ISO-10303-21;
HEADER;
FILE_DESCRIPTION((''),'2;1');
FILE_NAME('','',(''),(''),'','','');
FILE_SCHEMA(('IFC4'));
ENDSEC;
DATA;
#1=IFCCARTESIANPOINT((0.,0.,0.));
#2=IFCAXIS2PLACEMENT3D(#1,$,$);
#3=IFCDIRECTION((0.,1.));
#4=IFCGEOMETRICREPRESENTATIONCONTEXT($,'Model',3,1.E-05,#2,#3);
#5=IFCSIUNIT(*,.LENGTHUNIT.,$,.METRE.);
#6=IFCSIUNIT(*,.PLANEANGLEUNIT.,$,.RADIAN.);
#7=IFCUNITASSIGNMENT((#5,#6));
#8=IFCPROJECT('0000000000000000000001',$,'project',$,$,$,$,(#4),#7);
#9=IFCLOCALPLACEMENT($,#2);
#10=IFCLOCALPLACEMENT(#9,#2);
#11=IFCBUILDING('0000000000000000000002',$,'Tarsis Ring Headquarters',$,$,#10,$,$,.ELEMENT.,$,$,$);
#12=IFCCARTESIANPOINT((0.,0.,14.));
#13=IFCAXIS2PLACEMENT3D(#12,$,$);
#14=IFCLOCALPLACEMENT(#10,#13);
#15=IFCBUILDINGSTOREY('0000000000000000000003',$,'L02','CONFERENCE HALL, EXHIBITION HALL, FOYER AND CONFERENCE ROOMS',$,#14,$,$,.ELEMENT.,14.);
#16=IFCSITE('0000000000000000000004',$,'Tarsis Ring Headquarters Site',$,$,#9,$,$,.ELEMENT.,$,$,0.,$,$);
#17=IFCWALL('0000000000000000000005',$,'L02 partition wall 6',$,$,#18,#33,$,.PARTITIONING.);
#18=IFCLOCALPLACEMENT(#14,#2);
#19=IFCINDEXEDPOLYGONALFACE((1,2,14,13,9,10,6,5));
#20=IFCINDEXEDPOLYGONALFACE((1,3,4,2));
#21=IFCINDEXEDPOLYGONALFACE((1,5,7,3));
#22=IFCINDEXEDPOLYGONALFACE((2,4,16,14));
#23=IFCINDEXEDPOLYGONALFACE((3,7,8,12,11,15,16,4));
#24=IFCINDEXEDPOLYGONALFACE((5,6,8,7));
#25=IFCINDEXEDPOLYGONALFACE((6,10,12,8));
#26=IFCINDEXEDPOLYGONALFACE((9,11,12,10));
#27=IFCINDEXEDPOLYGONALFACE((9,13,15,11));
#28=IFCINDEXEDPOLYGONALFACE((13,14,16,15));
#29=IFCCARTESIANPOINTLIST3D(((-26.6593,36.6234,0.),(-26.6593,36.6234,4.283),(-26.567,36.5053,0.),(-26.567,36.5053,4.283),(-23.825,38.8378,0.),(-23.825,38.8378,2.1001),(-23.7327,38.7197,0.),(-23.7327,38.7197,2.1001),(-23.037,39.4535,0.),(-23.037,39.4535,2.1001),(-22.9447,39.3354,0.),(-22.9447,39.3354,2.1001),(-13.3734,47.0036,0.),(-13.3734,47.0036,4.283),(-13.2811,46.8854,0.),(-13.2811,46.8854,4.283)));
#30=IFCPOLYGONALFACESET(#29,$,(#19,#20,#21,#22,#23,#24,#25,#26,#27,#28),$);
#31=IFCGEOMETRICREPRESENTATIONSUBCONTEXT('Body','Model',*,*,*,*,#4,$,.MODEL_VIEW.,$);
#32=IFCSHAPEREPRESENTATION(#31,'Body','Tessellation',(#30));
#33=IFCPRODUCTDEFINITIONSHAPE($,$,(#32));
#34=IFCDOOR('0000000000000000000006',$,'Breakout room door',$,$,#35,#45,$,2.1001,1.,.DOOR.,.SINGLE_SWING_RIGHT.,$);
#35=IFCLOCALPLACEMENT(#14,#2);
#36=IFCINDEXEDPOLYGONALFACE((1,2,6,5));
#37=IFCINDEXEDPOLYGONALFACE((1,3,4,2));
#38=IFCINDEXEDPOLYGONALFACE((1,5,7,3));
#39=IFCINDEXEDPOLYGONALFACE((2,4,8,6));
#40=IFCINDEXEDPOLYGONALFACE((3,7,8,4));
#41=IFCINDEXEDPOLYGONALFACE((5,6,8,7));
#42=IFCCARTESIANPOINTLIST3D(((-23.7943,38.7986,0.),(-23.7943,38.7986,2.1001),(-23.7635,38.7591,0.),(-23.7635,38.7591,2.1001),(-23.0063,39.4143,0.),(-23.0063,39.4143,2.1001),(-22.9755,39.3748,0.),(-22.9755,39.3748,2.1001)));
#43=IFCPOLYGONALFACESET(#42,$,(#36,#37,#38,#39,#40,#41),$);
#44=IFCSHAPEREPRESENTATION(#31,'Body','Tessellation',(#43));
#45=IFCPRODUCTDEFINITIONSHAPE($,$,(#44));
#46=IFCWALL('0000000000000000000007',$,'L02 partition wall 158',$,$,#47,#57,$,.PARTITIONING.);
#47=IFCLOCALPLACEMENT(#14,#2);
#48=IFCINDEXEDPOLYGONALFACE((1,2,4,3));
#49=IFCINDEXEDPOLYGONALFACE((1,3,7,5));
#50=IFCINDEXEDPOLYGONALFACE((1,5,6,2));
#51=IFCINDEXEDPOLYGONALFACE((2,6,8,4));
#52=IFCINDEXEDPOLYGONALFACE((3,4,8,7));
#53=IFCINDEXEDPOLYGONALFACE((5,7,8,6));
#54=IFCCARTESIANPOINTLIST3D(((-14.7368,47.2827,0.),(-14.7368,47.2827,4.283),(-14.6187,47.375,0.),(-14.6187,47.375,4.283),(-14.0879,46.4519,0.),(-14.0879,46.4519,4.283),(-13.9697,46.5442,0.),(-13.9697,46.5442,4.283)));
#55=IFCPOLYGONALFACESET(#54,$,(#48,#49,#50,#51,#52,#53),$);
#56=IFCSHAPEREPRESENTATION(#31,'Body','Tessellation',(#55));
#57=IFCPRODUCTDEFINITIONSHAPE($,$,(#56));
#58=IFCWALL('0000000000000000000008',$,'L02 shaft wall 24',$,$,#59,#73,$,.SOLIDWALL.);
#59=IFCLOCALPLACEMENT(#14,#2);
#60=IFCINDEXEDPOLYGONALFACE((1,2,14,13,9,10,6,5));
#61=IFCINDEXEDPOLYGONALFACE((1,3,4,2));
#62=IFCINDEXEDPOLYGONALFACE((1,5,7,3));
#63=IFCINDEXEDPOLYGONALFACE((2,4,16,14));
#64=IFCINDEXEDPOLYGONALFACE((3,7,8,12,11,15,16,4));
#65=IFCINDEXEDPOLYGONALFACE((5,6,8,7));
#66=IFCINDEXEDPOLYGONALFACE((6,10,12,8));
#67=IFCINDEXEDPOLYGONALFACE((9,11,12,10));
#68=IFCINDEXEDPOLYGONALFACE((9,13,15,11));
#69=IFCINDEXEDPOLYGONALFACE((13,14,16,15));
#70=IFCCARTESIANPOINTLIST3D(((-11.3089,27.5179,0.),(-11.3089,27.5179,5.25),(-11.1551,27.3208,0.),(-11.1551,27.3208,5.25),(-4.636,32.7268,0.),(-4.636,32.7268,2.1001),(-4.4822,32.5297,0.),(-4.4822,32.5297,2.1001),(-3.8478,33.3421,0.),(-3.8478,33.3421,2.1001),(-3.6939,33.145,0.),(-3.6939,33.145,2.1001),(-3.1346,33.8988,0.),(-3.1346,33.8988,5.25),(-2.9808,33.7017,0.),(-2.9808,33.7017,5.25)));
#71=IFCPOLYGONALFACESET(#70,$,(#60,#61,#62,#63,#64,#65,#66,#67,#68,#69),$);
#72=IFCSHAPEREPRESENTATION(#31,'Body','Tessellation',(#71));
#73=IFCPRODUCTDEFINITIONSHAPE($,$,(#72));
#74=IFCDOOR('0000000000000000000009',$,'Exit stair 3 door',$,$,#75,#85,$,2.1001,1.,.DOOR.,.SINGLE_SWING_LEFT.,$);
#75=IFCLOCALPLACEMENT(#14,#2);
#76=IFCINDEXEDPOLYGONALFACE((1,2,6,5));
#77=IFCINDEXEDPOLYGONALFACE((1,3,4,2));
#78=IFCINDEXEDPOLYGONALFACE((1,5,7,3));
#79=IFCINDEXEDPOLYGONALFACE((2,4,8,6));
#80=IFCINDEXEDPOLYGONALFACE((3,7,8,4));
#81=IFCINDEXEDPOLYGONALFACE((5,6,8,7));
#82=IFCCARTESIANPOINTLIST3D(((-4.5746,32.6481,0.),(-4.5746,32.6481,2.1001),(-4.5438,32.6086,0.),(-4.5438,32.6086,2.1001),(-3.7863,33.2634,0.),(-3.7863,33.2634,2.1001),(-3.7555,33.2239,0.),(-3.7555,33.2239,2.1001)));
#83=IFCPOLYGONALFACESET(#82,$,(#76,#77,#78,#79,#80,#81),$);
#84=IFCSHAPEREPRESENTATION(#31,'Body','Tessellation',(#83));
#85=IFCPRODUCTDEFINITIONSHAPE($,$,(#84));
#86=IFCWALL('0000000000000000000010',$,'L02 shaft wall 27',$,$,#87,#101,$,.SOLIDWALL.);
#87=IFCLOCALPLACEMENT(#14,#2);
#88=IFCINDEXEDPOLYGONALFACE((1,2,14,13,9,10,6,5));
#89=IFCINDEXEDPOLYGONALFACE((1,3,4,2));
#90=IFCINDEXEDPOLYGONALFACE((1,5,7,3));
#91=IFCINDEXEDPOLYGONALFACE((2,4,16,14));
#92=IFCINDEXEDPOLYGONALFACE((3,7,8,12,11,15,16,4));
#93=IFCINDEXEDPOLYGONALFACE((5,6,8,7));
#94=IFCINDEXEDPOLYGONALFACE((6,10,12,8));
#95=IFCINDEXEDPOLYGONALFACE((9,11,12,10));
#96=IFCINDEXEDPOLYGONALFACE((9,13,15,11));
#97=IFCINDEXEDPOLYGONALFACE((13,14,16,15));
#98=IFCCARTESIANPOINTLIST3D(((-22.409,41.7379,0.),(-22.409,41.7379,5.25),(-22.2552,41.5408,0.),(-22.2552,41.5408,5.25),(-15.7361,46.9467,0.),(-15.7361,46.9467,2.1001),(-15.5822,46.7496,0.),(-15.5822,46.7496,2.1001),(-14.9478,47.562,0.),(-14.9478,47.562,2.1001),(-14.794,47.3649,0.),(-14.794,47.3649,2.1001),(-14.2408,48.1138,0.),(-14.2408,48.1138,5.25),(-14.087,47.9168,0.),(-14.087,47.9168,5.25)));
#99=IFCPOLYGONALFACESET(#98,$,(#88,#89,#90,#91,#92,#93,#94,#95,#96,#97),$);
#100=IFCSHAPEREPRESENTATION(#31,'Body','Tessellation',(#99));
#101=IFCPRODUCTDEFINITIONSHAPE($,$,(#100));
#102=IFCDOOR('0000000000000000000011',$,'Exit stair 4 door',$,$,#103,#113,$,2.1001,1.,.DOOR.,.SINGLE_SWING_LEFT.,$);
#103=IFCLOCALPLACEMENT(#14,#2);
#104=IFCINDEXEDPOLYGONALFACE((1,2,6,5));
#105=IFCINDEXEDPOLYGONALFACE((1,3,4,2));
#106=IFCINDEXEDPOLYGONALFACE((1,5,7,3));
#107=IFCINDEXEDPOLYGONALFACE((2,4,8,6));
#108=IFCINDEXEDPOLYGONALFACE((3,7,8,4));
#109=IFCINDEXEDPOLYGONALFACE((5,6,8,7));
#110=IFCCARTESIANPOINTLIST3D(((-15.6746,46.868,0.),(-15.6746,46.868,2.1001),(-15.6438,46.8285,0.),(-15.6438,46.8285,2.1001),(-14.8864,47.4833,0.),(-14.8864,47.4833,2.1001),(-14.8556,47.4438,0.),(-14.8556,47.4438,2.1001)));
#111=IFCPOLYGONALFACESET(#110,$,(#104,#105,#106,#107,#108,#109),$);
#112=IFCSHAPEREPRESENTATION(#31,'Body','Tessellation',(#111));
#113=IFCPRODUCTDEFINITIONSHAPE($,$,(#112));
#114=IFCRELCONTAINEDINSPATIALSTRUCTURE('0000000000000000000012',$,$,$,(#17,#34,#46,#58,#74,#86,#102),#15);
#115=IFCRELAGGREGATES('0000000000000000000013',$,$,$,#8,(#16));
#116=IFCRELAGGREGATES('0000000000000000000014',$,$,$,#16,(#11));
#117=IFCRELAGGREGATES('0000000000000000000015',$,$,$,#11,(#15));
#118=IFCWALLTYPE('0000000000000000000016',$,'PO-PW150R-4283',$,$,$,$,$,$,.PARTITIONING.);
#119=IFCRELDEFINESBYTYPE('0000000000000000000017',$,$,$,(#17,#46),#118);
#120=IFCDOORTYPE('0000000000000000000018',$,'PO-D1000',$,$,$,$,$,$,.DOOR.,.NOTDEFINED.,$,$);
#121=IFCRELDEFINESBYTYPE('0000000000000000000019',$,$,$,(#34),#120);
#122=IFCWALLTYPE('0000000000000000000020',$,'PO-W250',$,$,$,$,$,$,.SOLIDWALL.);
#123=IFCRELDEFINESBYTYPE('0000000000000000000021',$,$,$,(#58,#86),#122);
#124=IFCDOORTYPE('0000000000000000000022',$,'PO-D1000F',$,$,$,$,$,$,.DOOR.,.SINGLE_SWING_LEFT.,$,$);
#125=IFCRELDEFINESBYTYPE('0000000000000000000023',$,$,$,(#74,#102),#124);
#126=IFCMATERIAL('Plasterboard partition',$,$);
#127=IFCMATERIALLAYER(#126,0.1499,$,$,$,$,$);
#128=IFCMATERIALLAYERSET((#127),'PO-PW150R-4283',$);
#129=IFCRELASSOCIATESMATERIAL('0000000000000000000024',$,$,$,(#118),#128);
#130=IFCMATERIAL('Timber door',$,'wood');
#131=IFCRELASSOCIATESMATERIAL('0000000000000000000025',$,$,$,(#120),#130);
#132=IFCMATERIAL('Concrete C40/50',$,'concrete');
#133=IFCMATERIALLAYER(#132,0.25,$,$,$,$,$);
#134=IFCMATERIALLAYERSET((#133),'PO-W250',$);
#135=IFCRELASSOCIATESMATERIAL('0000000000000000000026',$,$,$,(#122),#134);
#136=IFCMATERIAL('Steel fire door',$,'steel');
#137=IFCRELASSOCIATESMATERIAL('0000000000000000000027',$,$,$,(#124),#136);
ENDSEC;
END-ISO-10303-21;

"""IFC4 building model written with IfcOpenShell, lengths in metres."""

from ifc_helpers import new_model, si_unit, direction, frame, frame_2d, origin, place, context, subcontext, project, spatial, rectangle, extrude, material, layer, layer_set, type_object, element, fill, save


model = new_model("IFC4")

# Units and contexts
model_context = context("Model", 3, precision=1e-05, world=origin(), true_north=direction((0.0, 1.0)))
body_context = subcontext(model_context, "Body", "Model", "MODEL_VIEW")
ifc_project = project(units=[si_unit("LENGTHUNIT", "METRE"), si_unit("PLANEANGLEUNIT", "RADIAN")], contexts=[model_context])

# Site, building, storey
site_placement = place(None, origin())
site = spatial("IfcSite", under=ifc_project, at=site_placement, Name="Tarsis Ring Headquarters Site", CompositionType="ELEMENT", RefElevation=0.0)
building_placement = place(site_placement, origin())
building = spatial("IfcBuilding", under=site, at=building_placement, Name="Tarsis Ring Headquarters", CompositionType="ELEMENT")
storey_placement = place(building_placement, frame((0.0, 0.0, 14.0)))
storey = spatial("IfcBuildingStorey", under=building, at=storey_placement, Name="L02", Description="CONFERENCE HALL, EXHIBITION HALL, FOYER AND CONFERENCE ROOMS", CompositionType="ELEMENT", Elevation=14.0)

# Shared definitions
ifc_material_1 = material(Name="Concrete C40/50", Category="concrete")

# Shared definitions
ifc_material_2 = material(Name="Plasterboard partition")

# Wall, opening, door
ifc_layer_1 = layer(ifc_material_2, 0.1499)
ifc_layer_set_1 = layer_set([ifc_layer_1], Name="PO-PW150R-4283")
wall_type_1 = type_object("IfcWallType", Name="PO-PW150R-4283", PredefinedType="PARTITIONING", material=ifc_layer_set_1)
wall_1_placement = place(storey_placement, frame((-13.3271, 46.9446, 0.0), z_axis=(0.0, 0.0, 1.0), x_axis=(-0.788009, -0.615663, 0.0)))
wall_1 = element("IfcWall", 1, at=wall_1_placement, inside=storey, type_object=wall_type_1, Name="L02 partition wall 6", PredefinedType="PARTITIONING", context=body_context, shape_type="SweptSolid", body=[
    extrude(rectangle(XDim=16.8601, YDim=0.1499, at=frame_2d((8.4302, 0.0))), origin(), (0.0, 0.0, 1.0), 4.283),
])
opening_1_placement = place(wall_1_placement, frame((12.2634, 0.0, 0.0)))
opening_1 = element("IfcOpeningElement", 2, at=opening_1_placement, cuts=wall_1, PredefinedType="OPENING", context=body_context, shape_type="SweptSolid", body=[
    extrude(rectangle(XDim=1.0, YDim=2.1001, at=frame_2d((0.5, 1.05))), frame((0.0, 0.085, 0.0), z_axis=(0.0, -1.0, 0.0), x_axis=(1.0, 0.0, 0.0)), (0.0, 0.0, 1.0), 0.1699),
])
ifc_material_3 = material(Name="Timber door", Category="wood")
door_type_1 = type_object("IfcDoorType", Name="PO-D1000", OperationType="NOTDEFINED", PredefinedType="DOOR", material=ifc_material_3)
door_1_placement = place(opening_1_placement, origin())
door_1 = element("IfcDoor", 3, at=door_1_placement, inside=storey, type_object=door_type_1, Name="Breakout room door", OperationType="SINGLE_SWING_RIGHT", OverallHeight=2.1001, OverallWidth=1.0, PredefinedType="DOOR", context=body_context, shape_type="SweptSolid", body=[
    extrude(rectangle(XDim=1.0, YDim=2.1001, at=frame_2d((0.5, 1.05))), frame((0.0, 0.0249, 0.0), z_axis=(0.0, -1.0, 0.0), x_axis=(1.0, 0.0, 0.0)), (0.0, 0.0, 1.0), 0.05),
])
fill(opening_1, door_1)

# Wall
wall_2_placement = place(storey_placement, frame((-14.6777, 47.3289, 0.0), z_axis=(0.0, 0.0, 1.0), x_axis=(0.615559, -0.788091, 0.0)))
element("IfcWall", 4, at=wall_2_placement, inside=storey, type_object=wall_type_1, Name="L02 partition wall 158", PredefinedType="PARTITIONING", context=body_context, shape_type="SweptSolid", body=[
    extrude(rectangle(XDim=1.0542, YDim=0.1499, at=frame_2d((0.5271, 0.0))), origin(), (0.0, 0.0, 1.0), 4.283),
])

# Walls, openings, doors
ifc_layer_2 = layer(ifc_material_1, 0.25)
ifc_layer_set_2 = layer_set([ifc_layer_2], Name="PO-W250")
wall_type_2 = type_object("IfcWallType", Name="PO-W250", PredefinedType="SOLIDWALL", material=ifc_layer_set_2)
wall_3_placement = place(storey_placement, frame((-3.0576, 33.8003, 0.0), z_axis=(0.0, 0.0, 1.0), x_axis=(-0.788273, -0.615325, 0.0)))
wall_3 = element("IfcWall", 5, at=wall_3_placement, inside=storey, type_object=wall_type_2, Name="L02 shaft wall 24", PredefinedType="SOLIDWALL", context=body_context, shape_type="SweptSolid", body=[
    extrude(rectangle(XDim=10.3699, YDim=0.25, at=frame_2d((5.1851, 0.0))), origin(), (0.0, 0.0, 1.0), 5.25),
])
opening_2_placement = place(wall_3_placement, frame((0.9048, 0.0, 0.0)))
opening_2 = element("IfcOpeningElement", 6, at=opening_2_placement, cuts=wall_3, PredefinedType="OPENING", context=body_context, shape_type="SweptSolid", body=[
    extrude(rectangle(XDim=1.0, YDim=2.1001, at=frame_2d((0.5, 1.05))), frame((0.0, 0.135, 0.0), z_axis=(0.0, -1.0, 0.0), x_axis=(1.0, 0.0, 0.0)), (0.0, 0.0, 1.0), 0.27),
])
ifc_material_4 = material(Name="Steel fire door", Category="steel")
door_type_2 = type_object("IfcDoorType", Name="PO-D1000F", OperationType="SINGLE_SWING_LEFT", PredefinedType="DOOR", material=ifc_material_4)
door_2_placement = place(opening_2_placement, origin())
door_2 = element("IfcDoor", 7, at=door_2_placement, inside=storey, type_object=door_type_2, Name="Exit stair 3 door", OperationType="SINGLE_SWING_LEFT", OverallHeight=2.1001, OverallWidth=1.0, PredefinedType="DOOR", context=body_context, shape_type="SweptSolid", body=[
    extrude(rectangle(XDim=1.0, YDim=2.1001, at=frame_2d((0.5, 1.05))), frame((0.0, 0.0249, 0.0), z_axis=(0.0, -1.0, 0.0), x_axis=(1.0, 0.0, 0.0)), (0.0, 0.0, 1.0), 0.05),
])
fill(opening_2, door_2)
wall_4_placement = place(storey_placement, frame((-14.1638, 48.0154, 0.0), z_axis=(0.0, 0.0, 1.0), x_axis=(-0.788279, -0.615318, 0.0)))
wall_4 = element("IfcWall", 8, at=wall_4_placement, inside=storey, type_object=wall_type_2, Name="L02 shaft wall 27", PredefinedType="SOLIDWALL", context=body_context, shape_type="SweptSolid", body=[
    extrude(rectangle(XDim=10.3621, YDim=0.25, at=frame_2d((5.1812, 0.0))), origin(), (0.0, 0.0, 1.0), 5.25),
])
opening_3_placement = place(wall_4_placement, frame((0.897, 0.0, 0.0)))
opening_3 = element("IfcOpeningElement", 9, at=opening_3_placement, cuts=wall_4, PredefinedType="OPENING", context=body_context, shape_type="SweptSolid", body=[
    extrude(rectangle(XDim=1.0, YDim=2.1001, at=frame_2d((0.5, 1.05))), frame((0.0, 0.135, 0.0), z_axis=(0.0, -1.0, 0.0), x_axis=(1.0, 0.0, 0.0)), (0.0, 0.0, 1.0), 0.27),
])
door_3_placement = place(opening_3_placement, origin())
door_3 = element("IfcDoor", 10, at=door_3_placement, inside=storey, type_object=door_type_2, Name="Exit stair 4 door", OperationType="SINGLE_SWING_LEFT", OverallHeight=2.1001, OverallWidth=1.0, PredefinedType="DOOR", context=body_context, shape_type="SweptSolid", body=[
    extrude(rectangle(XDim=1.0, YDim=2.1001, at=frame_2d((0.5, 1.05))), frame((0.0, 0.0249, 0.0), z_axis=(0.0, -1.0, 0.0), x_axis=(1.0, 0.0, 0.0)), (0.0, 0.0, 1.0), 0.05),
])
fill(opening_3, door_3)

save(model, "model.ifc")
